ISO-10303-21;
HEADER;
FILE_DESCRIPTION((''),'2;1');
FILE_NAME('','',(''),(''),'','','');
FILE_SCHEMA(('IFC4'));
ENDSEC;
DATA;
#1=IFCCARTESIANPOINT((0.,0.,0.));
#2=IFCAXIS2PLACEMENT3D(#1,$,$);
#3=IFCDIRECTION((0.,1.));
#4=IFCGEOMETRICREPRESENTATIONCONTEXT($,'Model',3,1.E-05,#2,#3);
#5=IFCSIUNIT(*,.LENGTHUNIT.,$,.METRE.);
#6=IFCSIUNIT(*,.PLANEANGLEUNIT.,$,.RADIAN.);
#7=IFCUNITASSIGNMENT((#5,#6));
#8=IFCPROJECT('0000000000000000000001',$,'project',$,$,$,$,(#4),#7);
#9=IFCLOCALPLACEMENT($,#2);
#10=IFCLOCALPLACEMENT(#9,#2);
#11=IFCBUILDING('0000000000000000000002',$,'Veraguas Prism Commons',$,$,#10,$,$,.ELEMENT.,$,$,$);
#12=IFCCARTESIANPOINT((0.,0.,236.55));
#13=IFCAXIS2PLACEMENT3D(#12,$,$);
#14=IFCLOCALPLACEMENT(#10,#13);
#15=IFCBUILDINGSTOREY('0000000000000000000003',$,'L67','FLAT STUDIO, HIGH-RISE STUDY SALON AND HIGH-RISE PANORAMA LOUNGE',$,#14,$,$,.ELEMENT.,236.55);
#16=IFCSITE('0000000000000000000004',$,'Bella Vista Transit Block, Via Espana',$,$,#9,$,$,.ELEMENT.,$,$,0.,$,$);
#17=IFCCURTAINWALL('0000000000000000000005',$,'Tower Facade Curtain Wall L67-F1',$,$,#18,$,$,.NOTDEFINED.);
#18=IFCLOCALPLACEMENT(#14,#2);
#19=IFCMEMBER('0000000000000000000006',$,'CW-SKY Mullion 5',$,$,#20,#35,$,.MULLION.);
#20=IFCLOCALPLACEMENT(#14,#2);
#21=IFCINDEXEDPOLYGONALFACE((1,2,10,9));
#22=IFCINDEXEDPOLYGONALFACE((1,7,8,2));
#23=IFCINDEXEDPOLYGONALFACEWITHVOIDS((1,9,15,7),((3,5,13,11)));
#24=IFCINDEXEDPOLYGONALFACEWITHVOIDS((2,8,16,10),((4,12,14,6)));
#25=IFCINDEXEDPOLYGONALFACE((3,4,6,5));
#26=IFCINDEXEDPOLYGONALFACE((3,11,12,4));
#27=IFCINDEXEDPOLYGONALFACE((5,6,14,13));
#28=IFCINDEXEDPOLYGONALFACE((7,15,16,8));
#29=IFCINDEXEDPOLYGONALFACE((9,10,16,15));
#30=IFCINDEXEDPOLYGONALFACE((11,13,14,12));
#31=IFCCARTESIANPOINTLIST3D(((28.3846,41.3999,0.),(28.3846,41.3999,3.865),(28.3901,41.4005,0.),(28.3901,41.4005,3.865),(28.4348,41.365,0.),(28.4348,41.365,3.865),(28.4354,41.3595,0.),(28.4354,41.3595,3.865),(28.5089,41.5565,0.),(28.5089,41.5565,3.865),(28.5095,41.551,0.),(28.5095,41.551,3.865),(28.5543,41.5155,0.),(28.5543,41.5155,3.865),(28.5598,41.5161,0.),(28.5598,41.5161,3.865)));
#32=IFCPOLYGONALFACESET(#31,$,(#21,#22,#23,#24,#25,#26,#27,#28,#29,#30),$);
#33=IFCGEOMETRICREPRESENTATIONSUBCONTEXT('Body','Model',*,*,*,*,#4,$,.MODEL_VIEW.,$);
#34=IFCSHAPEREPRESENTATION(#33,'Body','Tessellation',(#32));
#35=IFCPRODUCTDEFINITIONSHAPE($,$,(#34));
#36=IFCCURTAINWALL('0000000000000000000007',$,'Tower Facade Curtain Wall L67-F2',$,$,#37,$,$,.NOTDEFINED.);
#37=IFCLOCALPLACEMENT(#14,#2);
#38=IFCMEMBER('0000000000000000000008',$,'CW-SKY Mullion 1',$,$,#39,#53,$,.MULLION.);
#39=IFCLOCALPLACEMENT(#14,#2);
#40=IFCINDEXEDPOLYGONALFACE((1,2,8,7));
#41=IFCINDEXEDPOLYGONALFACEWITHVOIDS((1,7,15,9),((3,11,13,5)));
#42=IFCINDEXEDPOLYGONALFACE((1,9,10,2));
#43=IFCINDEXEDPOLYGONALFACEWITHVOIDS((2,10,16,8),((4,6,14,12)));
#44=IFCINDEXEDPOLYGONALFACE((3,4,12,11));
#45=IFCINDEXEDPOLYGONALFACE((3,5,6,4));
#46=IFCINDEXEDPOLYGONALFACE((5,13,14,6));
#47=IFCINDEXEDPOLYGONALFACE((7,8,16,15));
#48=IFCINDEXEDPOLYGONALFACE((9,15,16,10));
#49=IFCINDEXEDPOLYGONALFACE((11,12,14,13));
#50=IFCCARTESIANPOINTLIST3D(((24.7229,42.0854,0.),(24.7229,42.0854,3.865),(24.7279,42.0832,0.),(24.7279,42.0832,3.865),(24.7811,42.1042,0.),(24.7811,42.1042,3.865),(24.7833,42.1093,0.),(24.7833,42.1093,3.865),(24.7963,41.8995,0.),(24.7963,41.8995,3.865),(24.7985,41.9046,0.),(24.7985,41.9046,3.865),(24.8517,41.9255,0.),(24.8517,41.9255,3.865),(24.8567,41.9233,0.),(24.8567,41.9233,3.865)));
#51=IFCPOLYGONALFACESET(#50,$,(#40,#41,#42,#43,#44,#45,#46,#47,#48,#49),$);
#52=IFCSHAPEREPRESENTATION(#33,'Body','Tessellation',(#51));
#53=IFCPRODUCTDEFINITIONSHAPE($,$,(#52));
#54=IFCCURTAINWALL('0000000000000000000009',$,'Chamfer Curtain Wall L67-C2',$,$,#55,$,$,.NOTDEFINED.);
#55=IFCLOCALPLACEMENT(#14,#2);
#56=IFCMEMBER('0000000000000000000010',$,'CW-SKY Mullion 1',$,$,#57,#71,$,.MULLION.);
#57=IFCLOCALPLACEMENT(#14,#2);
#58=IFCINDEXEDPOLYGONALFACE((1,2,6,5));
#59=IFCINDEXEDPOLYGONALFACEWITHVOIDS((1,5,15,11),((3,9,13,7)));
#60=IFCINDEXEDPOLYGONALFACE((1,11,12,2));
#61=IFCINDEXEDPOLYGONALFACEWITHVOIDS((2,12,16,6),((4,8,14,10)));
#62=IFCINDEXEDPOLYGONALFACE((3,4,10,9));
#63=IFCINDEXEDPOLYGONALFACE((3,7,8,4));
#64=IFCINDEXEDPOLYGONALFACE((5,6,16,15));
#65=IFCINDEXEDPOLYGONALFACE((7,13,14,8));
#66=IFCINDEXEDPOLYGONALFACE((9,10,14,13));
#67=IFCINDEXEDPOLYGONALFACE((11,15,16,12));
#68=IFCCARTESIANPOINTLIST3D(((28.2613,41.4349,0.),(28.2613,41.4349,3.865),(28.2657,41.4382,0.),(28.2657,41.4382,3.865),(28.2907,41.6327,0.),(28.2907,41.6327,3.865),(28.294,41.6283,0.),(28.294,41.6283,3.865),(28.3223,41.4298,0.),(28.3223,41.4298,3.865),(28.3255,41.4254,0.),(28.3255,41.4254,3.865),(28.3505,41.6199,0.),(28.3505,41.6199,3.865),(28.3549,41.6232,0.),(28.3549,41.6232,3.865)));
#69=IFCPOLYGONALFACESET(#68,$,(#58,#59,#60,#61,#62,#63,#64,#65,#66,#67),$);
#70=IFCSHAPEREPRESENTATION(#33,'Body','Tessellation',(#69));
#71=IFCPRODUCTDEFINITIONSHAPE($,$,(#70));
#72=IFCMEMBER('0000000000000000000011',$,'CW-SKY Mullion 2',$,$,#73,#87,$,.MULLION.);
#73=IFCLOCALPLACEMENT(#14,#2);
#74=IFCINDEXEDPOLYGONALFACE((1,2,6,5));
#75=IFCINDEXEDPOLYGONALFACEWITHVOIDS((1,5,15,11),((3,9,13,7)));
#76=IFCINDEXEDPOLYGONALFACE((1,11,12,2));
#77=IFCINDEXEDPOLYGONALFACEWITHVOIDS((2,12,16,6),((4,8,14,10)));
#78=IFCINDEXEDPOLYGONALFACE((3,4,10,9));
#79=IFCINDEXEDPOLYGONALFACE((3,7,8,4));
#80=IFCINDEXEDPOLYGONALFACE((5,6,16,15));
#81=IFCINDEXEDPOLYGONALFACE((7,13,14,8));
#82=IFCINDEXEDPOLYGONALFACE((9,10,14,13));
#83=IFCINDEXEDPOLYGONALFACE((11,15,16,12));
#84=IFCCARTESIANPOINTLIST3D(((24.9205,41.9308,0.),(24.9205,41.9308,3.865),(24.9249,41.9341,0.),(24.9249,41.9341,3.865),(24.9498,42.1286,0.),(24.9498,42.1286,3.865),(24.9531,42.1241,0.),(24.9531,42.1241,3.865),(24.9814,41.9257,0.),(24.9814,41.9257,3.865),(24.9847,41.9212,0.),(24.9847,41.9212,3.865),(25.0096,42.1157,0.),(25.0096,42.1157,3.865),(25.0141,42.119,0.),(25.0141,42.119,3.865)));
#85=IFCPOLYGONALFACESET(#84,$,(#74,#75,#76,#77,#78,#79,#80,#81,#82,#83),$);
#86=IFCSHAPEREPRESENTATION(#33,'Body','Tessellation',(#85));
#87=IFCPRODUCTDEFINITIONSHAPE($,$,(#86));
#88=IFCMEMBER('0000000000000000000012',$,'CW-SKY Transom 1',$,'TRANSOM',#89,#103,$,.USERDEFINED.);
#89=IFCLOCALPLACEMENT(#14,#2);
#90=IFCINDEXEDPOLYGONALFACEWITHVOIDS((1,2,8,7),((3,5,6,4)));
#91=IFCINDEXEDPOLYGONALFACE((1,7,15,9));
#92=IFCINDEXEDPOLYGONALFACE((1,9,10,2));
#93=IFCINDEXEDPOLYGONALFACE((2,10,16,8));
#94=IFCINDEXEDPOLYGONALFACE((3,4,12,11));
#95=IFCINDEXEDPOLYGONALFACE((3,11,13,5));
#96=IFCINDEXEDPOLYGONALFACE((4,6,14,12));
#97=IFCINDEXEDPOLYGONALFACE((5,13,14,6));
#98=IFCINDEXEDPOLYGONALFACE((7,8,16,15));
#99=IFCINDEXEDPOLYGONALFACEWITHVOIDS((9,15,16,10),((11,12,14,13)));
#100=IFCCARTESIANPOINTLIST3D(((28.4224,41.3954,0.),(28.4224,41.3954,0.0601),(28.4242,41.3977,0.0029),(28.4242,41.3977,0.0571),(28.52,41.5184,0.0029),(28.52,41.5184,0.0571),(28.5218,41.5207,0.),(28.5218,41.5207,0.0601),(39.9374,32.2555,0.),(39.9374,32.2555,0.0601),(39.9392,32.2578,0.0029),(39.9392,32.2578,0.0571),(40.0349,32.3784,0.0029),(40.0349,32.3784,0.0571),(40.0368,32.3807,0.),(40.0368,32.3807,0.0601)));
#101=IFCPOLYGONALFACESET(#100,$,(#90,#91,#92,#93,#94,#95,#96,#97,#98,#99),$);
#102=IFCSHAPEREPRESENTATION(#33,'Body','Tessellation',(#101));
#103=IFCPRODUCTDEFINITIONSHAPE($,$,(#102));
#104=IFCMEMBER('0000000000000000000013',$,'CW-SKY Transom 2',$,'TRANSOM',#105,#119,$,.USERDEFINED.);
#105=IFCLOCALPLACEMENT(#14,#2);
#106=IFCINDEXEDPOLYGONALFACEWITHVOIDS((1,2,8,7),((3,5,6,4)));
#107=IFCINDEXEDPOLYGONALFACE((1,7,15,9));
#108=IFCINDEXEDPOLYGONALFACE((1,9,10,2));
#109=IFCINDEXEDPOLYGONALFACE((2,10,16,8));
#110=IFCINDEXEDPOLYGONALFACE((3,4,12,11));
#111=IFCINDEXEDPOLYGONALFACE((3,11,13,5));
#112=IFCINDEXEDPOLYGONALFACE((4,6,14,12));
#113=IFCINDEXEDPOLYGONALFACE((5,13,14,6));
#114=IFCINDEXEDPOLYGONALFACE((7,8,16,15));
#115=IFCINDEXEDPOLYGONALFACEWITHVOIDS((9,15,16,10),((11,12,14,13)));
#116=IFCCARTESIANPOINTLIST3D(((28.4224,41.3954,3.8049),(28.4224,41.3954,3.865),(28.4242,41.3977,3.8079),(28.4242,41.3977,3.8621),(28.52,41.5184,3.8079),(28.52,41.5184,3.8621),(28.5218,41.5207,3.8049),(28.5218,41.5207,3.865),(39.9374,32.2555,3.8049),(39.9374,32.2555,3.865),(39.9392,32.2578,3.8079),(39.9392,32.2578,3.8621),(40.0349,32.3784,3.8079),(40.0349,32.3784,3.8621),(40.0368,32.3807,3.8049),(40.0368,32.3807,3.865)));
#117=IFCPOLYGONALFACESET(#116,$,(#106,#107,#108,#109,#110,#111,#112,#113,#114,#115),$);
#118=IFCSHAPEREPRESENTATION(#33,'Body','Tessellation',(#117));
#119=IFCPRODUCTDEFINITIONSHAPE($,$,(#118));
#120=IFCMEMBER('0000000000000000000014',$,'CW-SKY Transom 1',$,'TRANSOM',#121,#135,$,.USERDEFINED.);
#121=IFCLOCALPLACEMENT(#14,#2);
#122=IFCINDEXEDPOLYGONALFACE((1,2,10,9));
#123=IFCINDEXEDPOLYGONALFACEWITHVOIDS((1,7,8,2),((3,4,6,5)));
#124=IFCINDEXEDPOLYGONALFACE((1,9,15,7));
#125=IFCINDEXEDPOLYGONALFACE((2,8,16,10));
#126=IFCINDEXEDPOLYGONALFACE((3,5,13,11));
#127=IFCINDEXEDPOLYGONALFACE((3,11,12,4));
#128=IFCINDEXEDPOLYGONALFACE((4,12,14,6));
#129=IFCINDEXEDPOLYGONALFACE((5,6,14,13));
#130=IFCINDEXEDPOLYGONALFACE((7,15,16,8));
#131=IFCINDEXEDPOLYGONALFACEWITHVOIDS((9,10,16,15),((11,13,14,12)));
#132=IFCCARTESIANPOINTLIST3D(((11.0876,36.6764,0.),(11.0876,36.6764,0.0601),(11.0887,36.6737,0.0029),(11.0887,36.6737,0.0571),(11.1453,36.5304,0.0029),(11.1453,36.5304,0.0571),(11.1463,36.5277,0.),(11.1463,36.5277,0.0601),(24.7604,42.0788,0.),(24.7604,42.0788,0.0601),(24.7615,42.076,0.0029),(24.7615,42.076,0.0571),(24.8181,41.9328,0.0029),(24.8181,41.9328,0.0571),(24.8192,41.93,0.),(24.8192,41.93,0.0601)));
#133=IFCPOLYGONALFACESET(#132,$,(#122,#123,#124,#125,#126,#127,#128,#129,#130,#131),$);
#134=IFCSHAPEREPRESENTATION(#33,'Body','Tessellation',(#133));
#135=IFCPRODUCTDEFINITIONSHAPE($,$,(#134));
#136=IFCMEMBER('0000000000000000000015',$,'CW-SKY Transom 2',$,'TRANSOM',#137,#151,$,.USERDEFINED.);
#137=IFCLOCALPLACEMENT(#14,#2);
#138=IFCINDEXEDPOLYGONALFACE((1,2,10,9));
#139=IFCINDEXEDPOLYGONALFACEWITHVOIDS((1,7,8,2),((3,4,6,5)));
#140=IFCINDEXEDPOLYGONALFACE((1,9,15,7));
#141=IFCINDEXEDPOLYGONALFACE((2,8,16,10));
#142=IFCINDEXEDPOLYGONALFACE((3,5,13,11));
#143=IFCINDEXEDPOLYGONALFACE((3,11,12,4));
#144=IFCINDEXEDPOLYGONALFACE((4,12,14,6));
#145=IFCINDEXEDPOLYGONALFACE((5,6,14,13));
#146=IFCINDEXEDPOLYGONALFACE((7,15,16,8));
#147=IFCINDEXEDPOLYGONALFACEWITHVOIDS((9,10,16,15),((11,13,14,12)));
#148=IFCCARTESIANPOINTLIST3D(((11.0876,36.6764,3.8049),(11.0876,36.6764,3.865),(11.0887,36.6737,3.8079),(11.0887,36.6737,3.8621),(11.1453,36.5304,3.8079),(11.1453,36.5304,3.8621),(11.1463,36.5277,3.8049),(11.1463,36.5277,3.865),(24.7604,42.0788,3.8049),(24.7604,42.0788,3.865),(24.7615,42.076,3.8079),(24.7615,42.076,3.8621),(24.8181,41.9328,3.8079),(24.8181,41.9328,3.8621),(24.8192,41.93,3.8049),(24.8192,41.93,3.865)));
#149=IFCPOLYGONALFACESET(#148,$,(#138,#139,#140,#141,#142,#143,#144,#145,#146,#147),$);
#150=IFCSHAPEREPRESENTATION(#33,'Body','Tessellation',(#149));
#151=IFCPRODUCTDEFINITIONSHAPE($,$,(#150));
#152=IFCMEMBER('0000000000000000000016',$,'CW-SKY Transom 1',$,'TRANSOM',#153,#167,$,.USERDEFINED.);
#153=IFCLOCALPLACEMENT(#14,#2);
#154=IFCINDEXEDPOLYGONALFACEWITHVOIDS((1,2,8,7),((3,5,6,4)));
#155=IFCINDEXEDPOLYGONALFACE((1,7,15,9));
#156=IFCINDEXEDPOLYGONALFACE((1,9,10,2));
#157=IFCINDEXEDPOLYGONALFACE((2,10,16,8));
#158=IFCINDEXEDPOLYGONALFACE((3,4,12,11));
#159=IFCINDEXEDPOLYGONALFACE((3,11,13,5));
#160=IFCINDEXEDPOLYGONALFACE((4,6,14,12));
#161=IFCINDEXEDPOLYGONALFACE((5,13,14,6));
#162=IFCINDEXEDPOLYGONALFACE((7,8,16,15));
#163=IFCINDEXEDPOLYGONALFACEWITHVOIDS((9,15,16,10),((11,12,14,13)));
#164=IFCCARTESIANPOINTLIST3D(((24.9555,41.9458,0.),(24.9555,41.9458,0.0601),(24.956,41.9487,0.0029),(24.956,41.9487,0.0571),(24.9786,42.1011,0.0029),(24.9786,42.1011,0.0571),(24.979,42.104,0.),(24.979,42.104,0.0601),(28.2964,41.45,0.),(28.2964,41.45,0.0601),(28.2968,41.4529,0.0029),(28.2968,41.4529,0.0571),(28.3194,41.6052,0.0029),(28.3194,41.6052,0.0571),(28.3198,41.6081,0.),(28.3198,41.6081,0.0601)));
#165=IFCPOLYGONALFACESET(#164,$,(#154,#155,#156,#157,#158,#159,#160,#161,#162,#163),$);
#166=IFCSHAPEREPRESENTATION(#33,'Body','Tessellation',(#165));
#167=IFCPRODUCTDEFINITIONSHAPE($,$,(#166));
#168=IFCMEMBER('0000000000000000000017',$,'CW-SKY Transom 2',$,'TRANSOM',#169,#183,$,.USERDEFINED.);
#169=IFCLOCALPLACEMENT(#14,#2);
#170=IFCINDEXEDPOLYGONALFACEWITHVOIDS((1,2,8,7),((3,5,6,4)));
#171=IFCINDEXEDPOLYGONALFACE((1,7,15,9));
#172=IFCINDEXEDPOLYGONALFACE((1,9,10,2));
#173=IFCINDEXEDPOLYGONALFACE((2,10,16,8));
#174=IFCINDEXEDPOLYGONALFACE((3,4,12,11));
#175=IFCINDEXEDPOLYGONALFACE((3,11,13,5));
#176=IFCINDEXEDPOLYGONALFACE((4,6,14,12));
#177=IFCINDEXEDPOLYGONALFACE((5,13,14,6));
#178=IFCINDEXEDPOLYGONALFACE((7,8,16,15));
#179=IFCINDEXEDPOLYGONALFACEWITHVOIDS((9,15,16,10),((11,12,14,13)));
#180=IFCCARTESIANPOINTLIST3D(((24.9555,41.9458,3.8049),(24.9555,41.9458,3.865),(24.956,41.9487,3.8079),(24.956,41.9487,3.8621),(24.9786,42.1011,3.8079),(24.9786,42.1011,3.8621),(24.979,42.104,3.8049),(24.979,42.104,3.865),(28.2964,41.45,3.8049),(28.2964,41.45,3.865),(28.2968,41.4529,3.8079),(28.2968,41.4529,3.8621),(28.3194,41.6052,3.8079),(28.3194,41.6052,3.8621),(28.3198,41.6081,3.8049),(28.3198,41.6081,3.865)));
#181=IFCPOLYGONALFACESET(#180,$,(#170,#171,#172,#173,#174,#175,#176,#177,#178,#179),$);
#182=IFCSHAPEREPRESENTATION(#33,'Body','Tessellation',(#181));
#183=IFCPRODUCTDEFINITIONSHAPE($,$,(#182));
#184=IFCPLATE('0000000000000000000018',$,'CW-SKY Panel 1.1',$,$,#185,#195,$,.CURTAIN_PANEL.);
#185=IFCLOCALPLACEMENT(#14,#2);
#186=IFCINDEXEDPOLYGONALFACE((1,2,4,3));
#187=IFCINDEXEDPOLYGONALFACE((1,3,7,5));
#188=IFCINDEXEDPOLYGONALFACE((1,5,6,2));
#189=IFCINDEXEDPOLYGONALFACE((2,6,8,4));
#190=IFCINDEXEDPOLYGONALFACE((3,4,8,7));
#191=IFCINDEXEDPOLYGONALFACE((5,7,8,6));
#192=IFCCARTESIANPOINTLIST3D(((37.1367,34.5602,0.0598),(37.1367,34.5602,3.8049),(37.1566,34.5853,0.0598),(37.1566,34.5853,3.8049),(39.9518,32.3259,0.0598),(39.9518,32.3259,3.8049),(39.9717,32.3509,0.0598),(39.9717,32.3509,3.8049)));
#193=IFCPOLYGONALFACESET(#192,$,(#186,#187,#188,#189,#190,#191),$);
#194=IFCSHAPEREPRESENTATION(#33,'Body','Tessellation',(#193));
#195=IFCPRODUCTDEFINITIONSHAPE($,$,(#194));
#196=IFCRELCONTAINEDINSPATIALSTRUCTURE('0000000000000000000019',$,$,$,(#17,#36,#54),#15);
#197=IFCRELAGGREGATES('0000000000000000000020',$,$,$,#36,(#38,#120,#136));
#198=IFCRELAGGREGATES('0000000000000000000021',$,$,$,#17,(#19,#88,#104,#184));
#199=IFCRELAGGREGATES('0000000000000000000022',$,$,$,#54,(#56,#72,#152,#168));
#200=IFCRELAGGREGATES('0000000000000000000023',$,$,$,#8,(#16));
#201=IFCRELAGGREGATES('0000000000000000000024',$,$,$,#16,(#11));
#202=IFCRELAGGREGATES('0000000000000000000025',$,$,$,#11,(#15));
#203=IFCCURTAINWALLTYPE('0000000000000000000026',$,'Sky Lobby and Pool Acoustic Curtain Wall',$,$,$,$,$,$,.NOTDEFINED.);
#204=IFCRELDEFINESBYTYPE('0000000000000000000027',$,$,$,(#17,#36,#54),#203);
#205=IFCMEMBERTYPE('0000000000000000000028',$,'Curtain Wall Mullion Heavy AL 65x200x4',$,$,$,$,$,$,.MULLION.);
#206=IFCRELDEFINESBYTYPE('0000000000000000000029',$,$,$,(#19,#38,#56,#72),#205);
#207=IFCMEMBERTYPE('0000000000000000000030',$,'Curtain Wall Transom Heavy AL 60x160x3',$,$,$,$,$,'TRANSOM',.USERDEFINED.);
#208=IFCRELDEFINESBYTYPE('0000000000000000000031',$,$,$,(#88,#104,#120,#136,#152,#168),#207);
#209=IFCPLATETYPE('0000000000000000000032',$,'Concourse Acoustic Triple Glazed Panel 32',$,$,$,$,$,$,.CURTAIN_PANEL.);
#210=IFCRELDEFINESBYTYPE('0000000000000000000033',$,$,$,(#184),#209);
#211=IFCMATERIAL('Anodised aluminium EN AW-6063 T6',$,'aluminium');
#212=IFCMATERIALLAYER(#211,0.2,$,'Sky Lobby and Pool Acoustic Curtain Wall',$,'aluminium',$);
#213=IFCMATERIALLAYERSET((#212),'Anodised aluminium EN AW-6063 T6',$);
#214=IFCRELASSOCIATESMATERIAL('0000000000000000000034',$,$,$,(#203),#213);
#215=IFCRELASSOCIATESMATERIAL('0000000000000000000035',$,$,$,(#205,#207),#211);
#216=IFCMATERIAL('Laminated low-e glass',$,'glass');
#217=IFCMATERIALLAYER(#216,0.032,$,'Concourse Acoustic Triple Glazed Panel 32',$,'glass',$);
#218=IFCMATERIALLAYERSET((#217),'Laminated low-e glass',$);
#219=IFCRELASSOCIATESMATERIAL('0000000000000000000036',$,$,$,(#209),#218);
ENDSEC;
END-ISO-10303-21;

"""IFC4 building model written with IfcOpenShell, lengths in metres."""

from ifc_helpers import new_model, si_unit, direction, frame, origin, origin_2d, place, context, subcontext, project, spatial, rectangle, hollow_rectangle, extrude, source, transform, mapped, material, layer, layer_set, material_profile, profile_set, type_object, element, aggregate, save


model = new_model("IFC4")

# Units and contexts
model_context = context("Model", 3, precision=1e-05, world=origin(), true_north=direction((0.0, 1.0)))
body_context = subcontext(model_context, "Body", "Model", "MODEL_VIEW")
ifc_project = project(units=[si_unit("LENGTHUNIT", "METRE"), si_unit("PLANEANGLEUNIT", "RADIAN")], contexts=[model_context])

# Site, building, storey
site_placement = place(None, origin())
site = spatial("IfcSite", under=ifc_project, at=site_placement, Name="Bella Vista Transit Block, Via Espana", CompositionType="ELEMENT", RefElevation=0.0)
building_placement = place(site_placement, origin())
building = spatial("IfcBuilding", under=site, at=building_placement, Name="Veraguas Prism Commons", CompositionType="ELEMENT")
storey_placement = place(building_placement, frame((0.0, 0.0, 236.55)))
storey = spatial("IfcBuildingStorey", under=building, at=storey_placement, Name="L67", Description="FLAT STUDIO, HIGH-RISE STUDY SALON AND HIGH-RISE PANORAMA LOUNGE", CompositionType="ELEMENT", Elevation=236.55)

# Curtain wall, member
ifc_material_1 = material(Name="Anodised aluminium EN AW-6063 T6", Category="aluminium")
ifc_layer_1 = layer(ifc_material_1, 0.2, Name="Sky Lobby and Pool Acoustic Curtain Wall", Category="aluminium")
ifc_layer_set_1 = layer_set([ifc_layer_1], Name="Anodised aluminium EN AW-6063 T6")
curtain_wall_type = type_object("IfcCurtainWallType", Name="Sky Lobby and Pool Acoustic Curtain Wall", PredefinedType="NOTDEFINED", material=ifc_layer_set_1)
curtain_wall_1_placement = place(storey_placement, origin())
curtain_wall_1 = element("IfcCurtainWall", 1, at=curtain_wall_1_placement, inside=storey, type_object=curtain_wall_type, Name="Tower Facade Curtain Wall L67-F1", PredefinedType="NOTDEFINED")
ifc_material_profile_1 = material_profile(ifc_material_1, hollow_rectangle(XDim=0.0649, YDim=0.2, WallThickness=0.0039, at=origin_2d()), Name="AL65X200X4")
ifc_profile_set_1 = profile_set([ifc_material_profile_1], Name="Anodised aluminium EN AW-6063 T6")
member_type_1 = type_object("IfcMemberType", Name="Curtain Wall Mullion Heavy AL 65x200x4", PredefinedType="MULLION", material=ifc_profile_set_1)
shared_shape_1 = source(origin(), body_context, "Body", "SweptSolid", [
    extrude(hollow_rectangle(XDim=0.0649, YDim=0.2, WallThickness=0.0039, at=origin_2d()), origin(), (0.0, 0.0, 1.0), 3.865),
])
member_1_placement = place(storey_placement, frame((28.4722, 41.458, 0.0), z_axis=(0.0, 0.0, 1.0), x_axis=(-0.783259, 0.621696, 0.0)))
member_1 = element("IfcMember", 2, at=member_1_placement, type_object=member_type_1, Name="CW-SKY Mullion 5", PredefinedType="MULLION", context=body_context, shape_type="MappedRepresentation", body=[
    mapped(shared_shape_1, transform((0.0, 0.0, 0.0), scale=1.0)),
])

# Curtain wall, member
curtain_wall_2_placement = place(storey_placement, origin())
curtain_wall_2 = element("IfcCurtainWall", 3, at=curtain_wall_2_placement, inside=storey, type_object=curtain_wall_type, Name="Tower Facade Curtain Wall L67-F2", PredefinedType="NOTDEFINED")
member_2_placement = place(storey_placement, frame((24.7898, 42.0044, 0.0), z_axis=(0.0, 0.0, 1.0), x_axis=(-0.93003, -0.367483, 0.0)))
member_2 = element("IfcMember", 4, at=member_2_placement, type_object=member_type_1, Name="CW-SKY Mullion 1", PredefinedType="MULLION", context=body_context, shape_type="MappedRepresentation", body=[
    mapped(shared_shape_1, transform((0.0, 0.0, 0.0), scale=1.0)),
])

# Curtain wall, members
curtain_wall_3_placement = place(storey_placement, origin())
curtain_wall_3 = element("IfcCurtainWall", 5, at=curtain_wall_3_placement, inside=storey, type_object=curtain_wall_type, Name="Chamfer Curtain Wall L67-C2", PredefinedType="NOTDEFINED")
member_3_placement = place(storey_placement, frame((28.3081, 41.5291, 0.0), z_axis=(0.0, 0.0, 1.0), x_axis=(-0.989168, 0.146787, 0.0)))
member_3 = element("IfcMember", 6, at=member_3_placement, type_object=member_type_1, Name="CW-SKY Mullion 1", PredefinedType="MULLION", context=body_context, shape_type="MappedRepresentation", body=[
    mapped(shared_shape_1, transform((0.0, 0.0, 0.0), scale=1.0)),
])
member_4_placement = place(storey_placement, frame((24.9673, 42.0249, 0.0), z_axis=(0.0, 0.0, 1.0), x_axis=(-0.989168, 0.146787, 0.0)))
member_4 = element("IfcMember", 7, at=member_4_placement, type_object=member_type_1, Name="CW-SKY Mullion 2", PredefinedType="MULLION", context=body_context, shape_type="MappedRepresentation", body=[
    mapped(shared_shape_1, transform((0.0, 0.0, 0.0), scale=1.0)),
])

# Members
ifc_material_profile_2 = material_profile(ifc_material_1, hollow_rectangle(XDim=0.0601, YDim=0.1599, WallThickness=0.0029, at=origin_2d()), Name="AL60X160X3")
ifc_profile_set_2 = profile_set([ifc_material_profile_2], Name="Anodised aluminium EN AW-6063 T6")
member_type_2 = type_object("IfcMemberType", Name="Curtain Wall Transom Heavy AL 60x160x3", ElementType="TRANSOM", PredefinedType="USERDEFINED", material=ifc_profile_set_2)
shared_shape_2 = source(origin(), body_context, "Body", "SweptSolid", [
    extrude(hollow_rectangle(XDim=0.0601, YDim=0.1599, WallThickness=0.0029, at=origin_2d()), origin(), (0.0, 0.0, 1.0), 14.7014),
])
member_5_placement = place(storey_placement, frame((39.9871, 32.3181, 0.03), z_axis=(-0.783253, 0.621703, 0.0), x_axis=(0.0, 0.0, 1.0)))
member_5 = element("IfcMember", 8, at=member_5_placement, type_object=member_type_2, Name="CW-SKY Transom 1", ObjectType="TRANSOM", PredefinedType="USERDEFINED", context=body_context, shape_type="MappedRepresentation", body=[
    mapped(shared_shape_2, transform((0.0, 0.0, 0.0), scale=1.0)),
])
member_6_placement = place(storey_placement, frame((39.9871, 32.3181, 3.835), z_axis=(-0.783253, 0.621703, 0.0), x_axis=(0.0, 0.0, 1.0)))
member_6 = element("IfcMember", 9, at=member_6_placement, type_object=member_type_2, Name="CW-SKY Transom 2", ObjectType="TRANSOM", PredefinedType="USERDEFINED", context=body_context, shape_type="MappedRepresentation", body=[
    mapped(shared_shape_2, transform((0.0, 0.0, 0.0), scale=1.0)),
])
member_7_placement = place(storey_placement, frame((24.7898, 42.0044, 0.03), z_axis=(-0.930035, -0.367471, 0.0), x_axis=(0.0, 0.0, 1.0)))
member_7 = element("IfcMember", 10, at=member_7_placement, type_object=member_type_2, Name="CW-SKY Transom 1", ObjectType="TRANSOM", PredefinedType="USERDEFINED", context=body_context, shape_type="MappedRepresentation", body=[
    mapped(shared_shape_2, transform((0.0, 0.0, 0.0), scale=1.0)),
])
member_8_placement = place(storey_placement, frame((24.7898, 42.0044, 3.835), z_axis=(-0.930035, -0.367471, 0.0), x_axis=(0.0, 0.0, 1.0)))
member_8 = element("IfcMember", 11, at=member_8_placement, type_object=member_type_2, Name="CW-SKY Transom 2", ObjectType="TRANSOM", PredefinedType="USERDEFINED", context=body_context, shape_type="MappedRepresentation", body=[
    mapped(shared_shape_2, transform((0.0, 0.0, 0.0), scale=1.0)),
])
aggregate(curtain_wall_2, [member_2, member_7, member_8])
shared_shape_3 = source(origin(), body_context, "Body", "SweptSolid", [
    extrude(hollow_rectangle(XDim=0.0601, YDim=0.1599, WallThickness=0.0029, at=origin_2d()), origin(), (0.0, 0.0, 1.0), 3.3774),
])
member_9_placement = place(storey_placement, frame((28.3081, 41.5291, 0.03), z_axis=(-0.989164, 0.146813, 0.0), x_axis=(0.0, 0.0, 1.0)))
member_9 = element("IfcMember", 12, at=member_9_placement, type_object=member_type_2, Name="CW-SKY Transom 1", ObjectType="TRANSOM", PredefinedType="USERDEFINED", context=body_context, shape_type="MappedRepresentation", body=[
    mapped(shared_shape_3, transform((0.0, 0.0, 0.0), scale=1.0)),
])
member_10_placement = place(storey_placement, frame((28.3081, 41.5291, 3.835), z_axis=(-0.989164, 0.146813, 0.0), x_axis=(0.0, 0.0, 1.0)))
member_10 = element("IfcMember", 13, at=member_10_placement, type_object=member_type_2, Name="CW-SKY Transom 2", ObjectType="TRANSOM", PredefinedType="USERDEFINED", context=body_context, shape_type="MappedRepresentation", body=[
    mapped(shared_shape_3, transform((0.0, 0.0, 0.0), scale=1.0)),
])

# Plate
ifc_material_2 = material(Name="Laminated low-e glass", Category="glass")
ifc_layer_2 = layer(ifc_material_2, 0.032, Name="Concourse Acoustic Triple Glazed Panel 32", Category="glass")
ifc_layer_set_2 = layer_set([ifc_layer_2], Name="Laminated low-e glass")
plate_type = type_object("IfcPlateType", Name="Concourse Acoustic Triple Glazed Panel 32", PredefinedType="CURTAIN_PANEL", material=ifc_layer_set_2)
shared_shape_4 = source(origin(), body_context, "Body", "SweptSolid", [
    extrude(rectangle(XDim=3.594, YDim=0.032, at=origin_2d()), origin(), (0.0, 0.0, 1.0), 3.7451),
])
plate_1_placement = place(storey_placement, frame((38.5542, 33.4556, 0.0598), z_axis=(0.0, 0.0, 1.0), x_axis=(-0.783259, 0.621696, 0.0)))
plate_1 = element("IfcPlate", 14, at=plate_1_placement, type_object=plate_type, Name="CW-SKY Panel 1.1", PredefinedType="CURTAIN_PANEL", context=body_context, shape_type="MappedRepresentation", body=[
    mapped(shared_shape_4, transform((0.0, 0.0, 0.0), scale=1.0)),
])
aggregate(curtain_wall_1, [member_1, member_5, member_6, plate_1])
aggregate(curtain_wall_3, [member_3, member_4, member_9, member_10])

save(model, "model.ifc")
